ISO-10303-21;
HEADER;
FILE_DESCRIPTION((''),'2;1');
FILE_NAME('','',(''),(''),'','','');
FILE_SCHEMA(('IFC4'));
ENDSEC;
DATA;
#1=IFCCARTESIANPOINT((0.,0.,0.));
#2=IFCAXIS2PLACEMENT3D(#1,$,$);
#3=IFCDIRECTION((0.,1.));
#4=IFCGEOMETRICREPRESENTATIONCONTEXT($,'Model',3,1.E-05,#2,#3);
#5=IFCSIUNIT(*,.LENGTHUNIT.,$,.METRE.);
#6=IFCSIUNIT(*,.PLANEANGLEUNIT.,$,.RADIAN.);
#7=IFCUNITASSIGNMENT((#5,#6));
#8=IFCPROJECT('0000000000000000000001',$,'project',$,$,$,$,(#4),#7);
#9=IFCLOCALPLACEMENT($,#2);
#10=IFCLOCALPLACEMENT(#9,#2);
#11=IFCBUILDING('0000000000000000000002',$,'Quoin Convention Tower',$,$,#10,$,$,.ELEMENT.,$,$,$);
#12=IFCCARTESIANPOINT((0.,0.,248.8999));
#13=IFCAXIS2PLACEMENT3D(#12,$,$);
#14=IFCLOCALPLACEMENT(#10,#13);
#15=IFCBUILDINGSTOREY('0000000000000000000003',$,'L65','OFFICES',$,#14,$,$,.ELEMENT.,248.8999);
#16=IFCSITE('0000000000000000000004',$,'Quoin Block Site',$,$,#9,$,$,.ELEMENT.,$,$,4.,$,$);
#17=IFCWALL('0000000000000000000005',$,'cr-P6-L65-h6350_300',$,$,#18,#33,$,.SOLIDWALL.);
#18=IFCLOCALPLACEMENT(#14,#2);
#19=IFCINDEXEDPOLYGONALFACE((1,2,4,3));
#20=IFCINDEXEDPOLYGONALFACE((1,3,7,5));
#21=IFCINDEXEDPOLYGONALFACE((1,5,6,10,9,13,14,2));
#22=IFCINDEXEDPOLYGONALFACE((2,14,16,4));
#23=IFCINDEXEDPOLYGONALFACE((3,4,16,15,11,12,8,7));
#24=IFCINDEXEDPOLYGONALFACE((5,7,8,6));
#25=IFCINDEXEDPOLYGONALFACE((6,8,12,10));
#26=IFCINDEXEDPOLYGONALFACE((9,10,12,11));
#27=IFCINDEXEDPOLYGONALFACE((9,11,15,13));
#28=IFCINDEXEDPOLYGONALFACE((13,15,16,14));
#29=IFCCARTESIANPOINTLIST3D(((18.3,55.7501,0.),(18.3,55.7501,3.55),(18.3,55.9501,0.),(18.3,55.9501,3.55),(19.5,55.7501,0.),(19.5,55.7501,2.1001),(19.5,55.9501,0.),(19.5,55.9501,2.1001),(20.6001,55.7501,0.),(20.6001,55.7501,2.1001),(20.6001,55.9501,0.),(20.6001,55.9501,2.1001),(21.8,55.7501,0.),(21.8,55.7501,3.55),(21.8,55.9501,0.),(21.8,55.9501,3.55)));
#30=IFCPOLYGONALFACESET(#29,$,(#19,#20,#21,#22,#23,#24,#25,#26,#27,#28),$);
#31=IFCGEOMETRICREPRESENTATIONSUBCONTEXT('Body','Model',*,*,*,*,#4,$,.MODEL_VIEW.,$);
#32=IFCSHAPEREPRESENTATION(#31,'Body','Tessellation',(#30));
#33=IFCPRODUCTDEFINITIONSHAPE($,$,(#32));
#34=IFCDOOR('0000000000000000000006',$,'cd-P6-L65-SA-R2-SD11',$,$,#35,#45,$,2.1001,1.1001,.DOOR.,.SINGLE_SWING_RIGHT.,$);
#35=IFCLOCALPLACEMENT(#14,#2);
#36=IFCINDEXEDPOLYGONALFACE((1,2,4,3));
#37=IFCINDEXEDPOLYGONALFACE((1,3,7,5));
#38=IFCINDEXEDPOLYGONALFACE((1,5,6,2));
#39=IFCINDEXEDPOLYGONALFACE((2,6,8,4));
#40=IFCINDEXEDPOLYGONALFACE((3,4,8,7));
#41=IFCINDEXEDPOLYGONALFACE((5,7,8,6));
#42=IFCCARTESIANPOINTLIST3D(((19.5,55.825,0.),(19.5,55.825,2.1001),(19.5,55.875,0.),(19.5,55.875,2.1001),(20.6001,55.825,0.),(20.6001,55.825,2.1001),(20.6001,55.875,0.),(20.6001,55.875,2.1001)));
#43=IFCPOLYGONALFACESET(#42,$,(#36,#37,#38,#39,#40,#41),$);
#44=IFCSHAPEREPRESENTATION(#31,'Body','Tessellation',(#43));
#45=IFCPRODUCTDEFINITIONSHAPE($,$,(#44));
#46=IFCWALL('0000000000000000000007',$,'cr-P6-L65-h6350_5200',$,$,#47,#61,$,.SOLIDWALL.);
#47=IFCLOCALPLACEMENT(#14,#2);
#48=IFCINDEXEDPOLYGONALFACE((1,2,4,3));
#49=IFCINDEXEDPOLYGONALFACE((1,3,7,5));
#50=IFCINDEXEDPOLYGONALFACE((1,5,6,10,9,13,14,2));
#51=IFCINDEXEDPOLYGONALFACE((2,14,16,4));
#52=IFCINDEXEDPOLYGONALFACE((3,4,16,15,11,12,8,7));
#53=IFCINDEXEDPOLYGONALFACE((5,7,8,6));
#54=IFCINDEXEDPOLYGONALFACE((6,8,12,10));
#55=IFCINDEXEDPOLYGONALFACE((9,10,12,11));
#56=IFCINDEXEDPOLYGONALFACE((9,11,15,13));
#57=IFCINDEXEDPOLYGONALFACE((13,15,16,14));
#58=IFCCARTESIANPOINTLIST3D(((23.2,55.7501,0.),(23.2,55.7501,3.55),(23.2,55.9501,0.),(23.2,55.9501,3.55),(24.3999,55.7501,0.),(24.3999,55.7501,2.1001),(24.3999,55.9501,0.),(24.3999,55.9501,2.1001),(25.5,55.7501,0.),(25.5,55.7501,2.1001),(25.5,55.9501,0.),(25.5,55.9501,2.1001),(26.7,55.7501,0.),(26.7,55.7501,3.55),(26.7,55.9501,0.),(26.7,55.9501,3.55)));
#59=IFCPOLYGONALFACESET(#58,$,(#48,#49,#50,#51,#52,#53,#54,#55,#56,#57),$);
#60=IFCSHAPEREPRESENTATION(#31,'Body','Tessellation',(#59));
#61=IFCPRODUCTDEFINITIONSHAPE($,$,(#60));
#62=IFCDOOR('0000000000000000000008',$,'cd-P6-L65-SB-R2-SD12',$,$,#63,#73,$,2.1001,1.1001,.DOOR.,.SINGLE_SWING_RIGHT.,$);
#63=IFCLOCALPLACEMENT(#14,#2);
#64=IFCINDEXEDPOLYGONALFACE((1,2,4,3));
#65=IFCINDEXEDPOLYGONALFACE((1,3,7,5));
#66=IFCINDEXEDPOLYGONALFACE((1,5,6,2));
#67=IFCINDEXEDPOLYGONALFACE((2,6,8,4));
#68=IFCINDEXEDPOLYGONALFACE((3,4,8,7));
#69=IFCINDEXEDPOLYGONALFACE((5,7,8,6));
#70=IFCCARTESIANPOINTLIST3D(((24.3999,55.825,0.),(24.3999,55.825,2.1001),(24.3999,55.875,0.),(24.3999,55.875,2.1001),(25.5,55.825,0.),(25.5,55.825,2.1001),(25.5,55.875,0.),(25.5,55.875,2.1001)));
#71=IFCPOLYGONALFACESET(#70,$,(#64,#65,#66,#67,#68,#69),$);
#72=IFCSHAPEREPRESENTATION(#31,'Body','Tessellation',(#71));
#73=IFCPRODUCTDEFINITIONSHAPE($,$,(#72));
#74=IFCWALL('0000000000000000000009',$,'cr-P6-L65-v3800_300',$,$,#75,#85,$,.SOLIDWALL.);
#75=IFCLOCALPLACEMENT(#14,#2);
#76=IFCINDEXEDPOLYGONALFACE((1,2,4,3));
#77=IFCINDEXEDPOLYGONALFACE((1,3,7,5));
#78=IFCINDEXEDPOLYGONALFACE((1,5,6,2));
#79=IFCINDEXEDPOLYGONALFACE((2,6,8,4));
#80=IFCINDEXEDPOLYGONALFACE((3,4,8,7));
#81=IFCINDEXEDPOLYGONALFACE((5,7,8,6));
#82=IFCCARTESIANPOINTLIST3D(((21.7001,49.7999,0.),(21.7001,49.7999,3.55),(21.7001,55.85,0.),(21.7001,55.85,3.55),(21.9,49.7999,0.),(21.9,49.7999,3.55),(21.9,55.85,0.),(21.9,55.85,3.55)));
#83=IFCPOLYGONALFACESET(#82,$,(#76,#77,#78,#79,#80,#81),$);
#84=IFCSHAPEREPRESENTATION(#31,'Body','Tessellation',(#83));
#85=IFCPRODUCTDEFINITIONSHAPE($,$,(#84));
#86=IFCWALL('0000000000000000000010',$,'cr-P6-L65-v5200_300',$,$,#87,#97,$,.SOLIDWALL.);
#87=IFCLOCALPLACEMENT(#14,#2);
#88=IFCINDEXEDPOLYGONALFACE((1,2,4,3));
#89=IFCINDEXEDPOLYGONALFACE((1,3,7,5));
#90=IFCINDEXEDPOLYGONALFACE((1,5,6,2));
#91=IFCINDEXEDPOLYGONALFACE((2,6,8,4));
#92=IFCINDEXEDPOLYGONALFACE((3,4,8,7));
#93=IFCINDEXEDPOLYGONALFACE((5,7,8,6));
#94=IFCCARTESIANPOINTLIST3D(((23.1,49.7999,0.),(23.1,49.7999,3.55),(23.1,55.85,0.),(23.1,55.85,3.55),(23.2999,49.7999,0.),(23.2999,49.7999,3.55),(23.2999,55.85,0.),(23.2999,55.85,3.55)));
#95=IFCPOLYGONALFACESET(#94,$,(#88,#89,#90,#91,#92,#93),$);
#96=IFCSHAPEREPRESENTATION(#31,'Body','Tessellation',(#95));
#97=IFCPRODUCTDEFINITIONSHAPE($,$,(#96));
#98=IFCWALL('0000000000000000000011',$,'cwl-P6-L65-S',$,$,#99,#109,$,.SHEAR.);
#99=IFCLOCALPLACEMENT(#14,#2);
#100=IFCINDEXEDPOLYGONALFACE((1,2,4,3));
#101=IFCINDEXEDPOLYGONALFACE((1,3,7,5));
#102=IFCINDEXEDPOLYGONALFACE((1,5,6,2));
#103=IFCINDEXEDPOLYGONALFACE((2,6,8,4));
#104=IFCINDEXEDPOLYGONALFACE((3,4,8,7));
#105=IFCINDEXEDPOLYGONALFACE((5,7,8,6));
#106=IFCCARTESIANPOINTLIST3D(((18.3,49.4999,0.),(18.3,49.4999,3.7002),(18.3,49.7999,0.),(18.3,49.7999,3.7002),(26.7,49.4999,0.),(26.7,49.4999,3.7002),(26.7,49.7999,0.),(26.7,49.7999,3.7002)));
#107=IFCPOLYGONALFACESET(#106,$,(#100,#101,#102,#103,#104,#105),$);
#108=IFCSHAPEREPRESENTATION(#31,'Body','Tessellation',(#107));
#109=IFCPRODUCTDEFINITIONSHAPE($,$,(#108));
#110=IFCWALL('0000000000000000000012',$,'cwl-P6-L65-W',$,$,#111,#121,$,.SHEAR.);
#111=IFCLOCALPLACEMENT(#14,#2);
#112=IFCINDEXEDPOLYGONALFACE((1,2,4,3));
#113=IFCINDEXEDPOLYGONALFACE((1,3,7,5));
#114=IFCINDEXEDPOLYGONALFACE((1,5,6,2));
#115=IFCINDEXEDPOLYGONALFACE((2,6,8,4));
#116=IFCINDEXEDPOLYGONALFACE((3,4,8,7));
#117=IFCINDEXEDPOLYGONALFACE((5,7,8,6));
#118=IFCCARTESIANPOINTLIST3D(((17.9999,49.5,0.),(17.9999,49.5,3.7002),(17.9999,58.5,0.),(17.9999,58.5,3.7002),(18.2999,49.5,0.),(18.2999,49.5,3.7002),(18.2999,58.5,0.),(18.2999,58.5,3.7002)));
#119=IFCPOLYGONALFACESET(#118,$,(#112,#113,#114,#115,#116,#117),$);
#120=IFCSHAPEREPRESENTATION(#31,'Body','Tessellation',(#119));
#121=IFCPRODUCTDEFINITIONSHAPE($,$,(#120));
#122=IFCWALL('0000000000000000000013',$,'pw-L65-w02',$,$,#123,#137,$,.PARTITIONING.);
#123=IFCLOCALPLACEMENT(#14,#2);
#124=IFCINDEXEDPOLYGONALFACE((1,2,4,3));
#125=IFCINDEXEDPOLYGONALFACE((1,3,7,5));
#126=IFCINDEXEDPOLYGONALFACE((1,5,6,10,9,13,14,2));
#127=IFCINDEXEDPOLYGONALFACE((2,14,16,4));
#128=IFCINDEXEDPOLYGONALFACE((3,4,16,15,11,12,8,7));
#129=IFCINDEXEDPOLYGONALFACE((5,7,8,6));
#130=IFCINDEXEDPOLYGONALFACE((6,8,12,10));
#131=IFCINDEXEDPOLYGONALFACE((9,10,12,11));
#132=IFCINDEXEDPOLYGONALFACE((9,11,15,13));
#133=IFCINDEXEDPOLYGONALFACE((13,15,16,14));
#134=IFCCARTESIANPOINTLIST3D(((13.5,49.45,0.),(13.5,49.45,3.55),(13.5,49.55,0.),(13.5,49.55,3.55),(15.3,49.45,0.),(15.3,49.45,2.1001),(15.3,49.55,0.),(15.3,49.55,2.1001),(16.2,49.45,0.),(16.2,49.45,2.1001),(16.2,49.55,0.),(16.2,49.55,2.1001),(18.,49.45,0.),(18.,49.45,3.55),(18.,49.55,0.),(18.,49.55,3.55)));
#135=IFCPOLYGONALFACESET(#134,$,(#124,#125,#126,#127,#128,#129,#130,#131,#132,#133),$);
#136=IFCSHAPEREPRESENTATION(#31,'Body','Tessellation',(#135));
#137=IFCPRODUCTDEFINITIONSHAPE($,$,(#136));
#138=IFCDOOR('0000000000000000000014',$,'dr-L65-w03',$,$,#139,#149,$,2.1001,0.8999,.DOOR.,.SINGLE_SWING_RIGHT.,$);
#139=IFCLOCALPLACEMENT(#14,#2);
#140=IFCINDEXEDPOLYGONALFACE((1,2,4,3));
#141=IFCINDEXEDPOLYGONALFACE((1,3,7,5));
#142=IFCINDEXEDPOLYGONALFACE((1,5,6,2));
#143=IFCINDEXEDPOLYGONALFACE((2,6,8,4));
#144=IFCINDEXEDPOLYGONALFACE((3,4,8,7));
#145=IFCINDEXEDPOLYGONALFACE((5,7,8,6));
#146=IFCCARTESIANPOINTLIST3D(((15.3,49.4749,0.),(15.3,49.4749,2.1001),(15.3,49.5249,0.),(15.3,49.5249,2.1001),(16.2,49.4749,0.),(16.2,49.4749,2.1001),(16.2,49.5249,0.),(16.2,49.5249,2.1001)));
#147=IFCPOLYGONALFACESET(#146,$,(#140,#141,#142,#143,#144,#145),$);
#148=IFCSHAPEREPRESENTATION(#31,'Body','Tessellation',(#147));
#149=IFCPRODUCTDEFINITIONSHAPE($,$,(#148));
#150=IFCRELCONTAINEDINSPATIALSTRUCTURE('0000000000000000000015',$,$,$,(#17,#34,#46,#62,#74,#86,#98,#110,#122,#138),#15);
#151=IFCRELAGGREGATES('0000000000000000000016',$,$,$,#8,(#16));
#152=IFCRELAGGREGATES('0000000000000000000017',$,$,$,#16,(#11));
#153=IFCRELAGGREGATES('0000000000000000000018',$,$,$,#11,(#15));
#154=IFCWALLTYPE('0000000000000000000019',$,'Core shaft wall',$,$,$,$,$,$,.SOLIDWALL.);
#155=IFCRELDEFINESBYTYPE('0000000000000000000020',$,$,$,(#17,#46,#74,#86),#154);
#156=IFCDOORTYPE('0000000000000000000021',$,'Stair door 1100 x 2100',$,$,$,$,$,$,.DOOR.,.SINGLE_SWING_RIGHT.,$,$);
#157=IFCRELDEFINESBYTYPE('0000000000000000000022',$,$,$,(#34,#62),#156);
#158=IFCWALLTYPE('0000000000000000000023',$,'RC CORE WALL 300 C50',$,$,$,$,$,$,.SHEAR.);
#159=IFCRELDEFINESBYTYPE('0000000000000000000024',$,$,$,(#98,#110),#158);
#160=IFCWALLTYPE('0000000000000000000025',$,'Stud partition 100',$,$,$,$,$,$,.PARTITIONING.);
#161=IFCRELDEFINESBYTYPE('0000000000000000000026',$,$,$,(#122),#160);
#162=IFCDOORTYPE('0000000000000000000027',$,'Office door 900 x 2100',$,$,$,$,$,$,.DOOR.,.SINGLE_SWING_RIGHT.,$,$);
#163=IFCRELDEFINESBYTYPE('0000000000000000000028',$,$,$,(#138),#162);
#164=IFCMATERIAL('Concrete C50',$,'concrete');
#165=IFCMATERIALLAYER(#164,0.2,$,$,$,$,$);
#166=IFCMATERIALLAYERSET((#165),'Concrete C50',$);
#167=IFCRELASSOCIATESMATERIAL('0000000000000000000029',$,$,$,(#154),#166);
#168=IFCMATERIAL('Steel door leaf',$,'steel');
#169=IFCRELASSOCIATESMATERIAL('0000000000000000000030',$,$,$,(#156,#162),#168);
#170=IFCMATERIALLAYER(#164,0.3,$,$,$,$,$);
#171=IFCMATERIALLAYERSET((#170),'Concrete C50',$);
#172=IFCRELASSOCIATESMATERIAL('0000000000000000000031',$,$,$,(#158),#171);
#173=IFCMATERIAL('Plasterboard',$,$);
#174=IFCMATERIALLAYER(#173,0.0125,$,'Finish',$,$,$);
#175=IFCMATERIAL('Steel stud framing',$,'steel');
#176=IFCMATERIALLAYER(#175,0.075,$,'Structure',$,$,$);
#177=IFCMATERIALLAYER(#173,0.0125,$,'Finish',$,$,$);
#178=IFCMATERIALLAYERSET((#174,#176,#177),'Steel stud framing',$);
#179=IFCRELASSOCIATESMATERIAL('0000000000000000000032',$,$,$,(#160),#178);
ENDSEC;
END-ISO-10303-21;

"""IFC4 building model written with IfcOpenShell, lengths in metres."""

from ifc_helpers import new_model, si_unit, direction, frame, frame_2d, origin, place, context, subcontext, project, spatial, rectangle, extrude, material, layer, layer_set, type_object, element, fill, save


model = new_model("IFC4")

# Units and contexts
model_context = context("Model", 3, precision=1e-05, world=origin(), true_north=direction((0.0, 1.0)))
body_context = subcontext(model_context, "Body", "Model", "MODEL_VIEW")
ifc_project = project(units=[si_unit("LENGTHUNIT", "METRE"), si_unit("PLANEANGLEUNIT", "RADIAN")], contexts=[model_context])

# Site, building, storey
site_placement = place(None, origin())
site = spatial("IfcSite", under=ifc_project, at=site_placement, Name="Quoin Block Site", CompositionType="ELEMENT", RefElevation=4.0)
building_placement = place(site_placement, origin())
building = spatial("IfcBuilding", under=site, at=building_placement, Name="Quoin Convention Tower", CompositionType="ELEMENT")
storey_placement = place(building_placement, frame((0.0, 0.0, 248.8999)))
storey = spatial("IfcBuildingStorey", under=building, at=storey_placement, Name="L65", Description="OFFICES", CompositionType="ELEMENT", Elevation=248.8999)

# Shared definitions
ifc_material_1 = material(Name="Concrete C50", Category="concrete")

# Shared definitions
ifc_layer_1 = layer(ifc_material_1, 0.2)
ifc_layer_set_1 = layer_set([ifc_layer_1], Name="Concrete C50")
wall_type_1 = type_object("IfcWallType", Name="Core shaft wall", PredefinedType="SOLIDWALL", material=ifc_layer_set_1)

# Walls, openings, doors
wall_1_placement = place(storey_placement, frame((18.3, 55.8501, 0.0), z_axis=(0.0, 0.0, 1.0), x_axis=(1.0, 0.0, 0.0)))
wall_1 = element("IfcWall", 1, at=wall_1_placement, inside=storey, type_object=wall_type_1, Name="cr-P6-L65-h6350_300", PredefinedType="SOLIDWALL", context=body_context, shape_type="SweptSolid", body=[
    extrude(rectangle(XDim=3.5, YDim=0.2, at=frame_2d((1.75, 0.0))), origin(), (0.0, 0.0, 1.0), 3.55),
])
opening_1_placement = place(wall_1_placement, frame((1.2, 0.0, 0.0)))
opening_1 = element("IfcOpeningElement", 2, at=opening_1_placement, cuts=wall_1, PredefinedType="OPENING", context=body_context, shape_type="SweptSolid", body=[
    extrude(rectangle(XDim=1.1001, YDim=2.1001, at=frame_2d((0.55, 1.05))), frame((0.0, 0.1099, 0.0), z_axis=(0.0, -1.0, 0.0), x_axis=(1.0, 0.0, 0.0)), (0.0, 0.0, 1.0), 0.22),
])
ifc_material_2 = material(Name="Steel door leaf", Category="steel")
door_type_1 = type_object("IfcDoorType", Name="Stair door 1100 x 2100", OperationType="SINGLE_SWING_RIGHT", PredefinedType="DOOR", material=ifc_material_2)
door_1_placement = place(opening_1_placement, origin())
door_1 = element("IfcDoor", 3, at=door_1_placement, inside=storey, type_object=door_type_1, Name="cd-P6-L65-SA-R2-SD11", OperationType="SINGLE_SWING_RIGHT", OverallHeight=2.1001, OverallWidth=1.1001, PredefinedType="DOOR", context=body_context, shape_type="SweptSolid", body=[
    extrude(rectangle(XDim=1.1001, YDim=2.1001, at=frame_2d((0.55, 1.05))), frame((0.0, 0.0249, 0.0), z_axis=(0.0, -1.0, 0.0), x_axis=(1.0, 0.0, 0.0)), (0.0, 0.0, 1.0), 0.05),
])
fill(opening_1, door_1)
wall_2_placement = place(storey_placement, frame((23.2, 55.8501, 0.0), z_axis=(0.0, 0.0, 1.0), x_axis=(1.0, 0.0, 0.0)))
wall_2 = element("IfcWall", 4, at=wall_2_placement, inside=storey, type_object=wall_type_1, Name="cr-P6-L65-h6350_5200", PredefinedType="SOLIDWALL", context=body_context, shape_type="SweptSolid", body=[
    extrude(rectangle(XDim=3.5, YDim=0.2, at=frame_2d((1.75, 0.0))), origin(), (0.0, 0.0, 1.0), 3.55),
])
opening_2_placement = place(wall_2_placement, frame((1.2, 0.0, 0.0)))
opening_2 = element("IfcOpeningElement", 5, at=opening_2_placement, cuts=wall_2, PredefinedType="OPENING", context=body_context, shape_type="SweptSolid", body=[
    extrude(rectangle(XDim=1.1001, YDim=2.1001, at=frame_2d((0.55, 1.05))), frame((0.0, 0.1099, 0.0), z_axis=(0.0, -1.0, 0.0), x_axis=(1.0, 0.0, 0.0)), (0.0, 0.0, 1.0), 0.22),
])
door_2_placement = place(opening_2_placement, origin())
door_2 = element("IfcDoor", 6, at=door_2_placement, inside=storey, type_object=door_type_1, Name="cd-P6-L65-SB-R2-SD12", OperationType="SINGLE_SWING_RIGHT", OverallHeight=2.1001, OverallWidth=1.1001, PredefinedType="DOOR", context=body_context, shape_type="SweptSolid", body=[
    extrude(rectangle(XDim=1.1001, YDim=2.1001, at=frame_2d((0.55, 1.05))), frame((0.0, 0.0249, 0.0), z_axis=(0.0, -1.0, 0.0), x_axis=(1.0, 0.0, 0.0)), (0.0, 0.0, 1.0), 0.05),
])
fill(opening_2, door_2)

# Walls
for number, where, z_axis, x_axis, name in (
    (7, (21.8, 49.8, 0.0), (0.0, 0.0, 1.0), (0.0, 1.0, 0.0), "cr-P6-L65-v3800_300"),
    (8, (23.2, 49.8, 0.0), (0.0, 0.0, 1.0), (0.0, 1.0, 0.0), "cr-P6-L65-v5200_300"),
):
    element("IfcWall", number, at=place(storey_placement, frame(where, z_axis=z_axis, x_axis=x_axis)), inside=storey, type_object=wall_type_1, Name=name, PredefinedType="SOLIDWALL", context=body_context, shape_type="SweptSolid", body=[
        extrude(rectangle(XDim=6.05, YDim=0.2, at=frame_2d((3.0249, 0.0))), origin(), (0.0, 0.0, 1.0), 3.55),
    ])
ifc_layer_2 = layer(ifc_material_1, 0.3)
ifc_layer_set_2 = layer_set([ifc_layer_2], Name="Concrete C50")
wall_type_2 = type_object("IfcWallType", Name="RC CORE WALL 300 C50", PredefinedType="SHEAR", material=ifc_layer_set_2)
wall_3_placement = place(storey_placement, frame((18.3, 49.6499, 0.0), z_axis=(0.0, 0.0, 1.0), x_axis=(1.0, 0.0, 0.0)))
element("IfcWall", 9, at=wall_3_placement, inside=storey, type_object=wall_type_2, Name="cwl-P6-L65-S", PredefinedType="SHEAR", context=body_context, shape_type="SweptSolid", body=[
    extrude(rectangle(XDim=8.3999, YDim=0.3, at=frame_2d((4.2, 0.0))), origin(), (0.0, 0.0, 1.0), 3.7002),
])
wall_4_placement = place(storey_placement, frame((18.1499, 49.5, 0.0), z_axis=(0.0, 0.0, 1.0), x_axis=(0.0, 1.0, 0.0)))
element("IfcWall", 10, at=wall_4_placement, inside=storey, type_object=wall_type_2, Name="cwl-P6-L65-W", PredefinedType="SHEAR", context=body_context, shape_type="SweptSolid", body=[
    extrude(rectangle(XDim=9.0, YDim=0.3, at=frame_2d((4.5, 0.0))), origin(), (0.0, 0.0, 1.0), 3.7002),
])

# Wall, opening, door
ifc_material_3 = material(Name="Plasterboard")
ifc_layer_3 = layer(ifc_material_3, 0.0125, Name="Finish")
ifc_material_4 = material(Name="Steel stud framing", Category="steel")
ifc_layer_4 = layer(ifc_material_4, 0.075, Name="Structure")
ifc_layer_5 = layer(ifc_material_3, 0.0125, Name="Finish")
ifc_layer_set_3 = layer_set([ifc_layer_3, ifc_layer_4, ifc_layer_5], Name="Steel stud framing")
wall_type_3 = type_object("IfcWallType", Name="Stud partition 100", PredefinedType="PARTITIONING", material=ifc_layer_set_3)
wall_5_placement = place(storey_placement, frame((13.5, 49.5, 0.0), z_axis=(0.0, 0.0, 1.0), x_axis=(1.0, 0.0, 0.0)))
wall_5 = element("IfcWall", 11, at=wall_5_placement, inside=storey, type_object=wall_type_3, Name="pw-L65-w02", PredefinedType="PARTITIONING", context=body_context, shape_type="SweptSolid", body=[
    extrude(rectangle(XDim=4.5, YDim=0.1001, at=frame_2d((2.25, 0.0))), origin(), (0.0, 0.0, 1.0), 3.55),
])
opening_3_placement = place(wall_5_placement, frame((1.8, 0.0, 0.0)))
opening_3 = element("IfcOpeningElement", 12, at=opening_3_placement, cuts=wall_5, PredefinedType="OPENING", context=body_context, shape_type="SweptSolid", body=[
    extrude(rectangle(XDim=0.8999, YDim=2.1001, at=frame_2d((0.45, 1.05))), frame((0.0, 0.0601, 0.0), z_axis=(0.0, -1.0, 0.0), x_axis=(1.0, 0.0, 0.0)), (0.0, 0.0, 1.0), 0.1201),
])
door_type_2 = type_object("IfcDoorType", Name="Office door 900 x 2100", OperationType="SINGLE_SWING_RIGHT", PredefinedType="DOOR", material=ifc_material_2)
door_3_placement = place(opening_3_placement, origin())
door_3 = element("IfcDoor", 13, at=door_3_placement, inside=storey, type_object=door_type_2, Name="dr-L65-w03", OperationType="SINGLE_SWING_RIGHT", OverallHeight=2.1001, OverallWidth=0.8999, PredefinedType="DOOR", context=body_context, shape_type="SweptSolid", body=[
    extrude(rectangle(XDim=0.8999, YDim=2.1001, at=frame_2d((0.45, 1.05))), frame((0.0, 0.0249, 0.0), z_axis=(0.0, -1.0, 0.0), x_axis=(1.0, 0.0, 0.0)), (0.0, 0.0, 1.0), 0.05),
])
fill(opening_3, door_3)

save(model, "model.ifc")
